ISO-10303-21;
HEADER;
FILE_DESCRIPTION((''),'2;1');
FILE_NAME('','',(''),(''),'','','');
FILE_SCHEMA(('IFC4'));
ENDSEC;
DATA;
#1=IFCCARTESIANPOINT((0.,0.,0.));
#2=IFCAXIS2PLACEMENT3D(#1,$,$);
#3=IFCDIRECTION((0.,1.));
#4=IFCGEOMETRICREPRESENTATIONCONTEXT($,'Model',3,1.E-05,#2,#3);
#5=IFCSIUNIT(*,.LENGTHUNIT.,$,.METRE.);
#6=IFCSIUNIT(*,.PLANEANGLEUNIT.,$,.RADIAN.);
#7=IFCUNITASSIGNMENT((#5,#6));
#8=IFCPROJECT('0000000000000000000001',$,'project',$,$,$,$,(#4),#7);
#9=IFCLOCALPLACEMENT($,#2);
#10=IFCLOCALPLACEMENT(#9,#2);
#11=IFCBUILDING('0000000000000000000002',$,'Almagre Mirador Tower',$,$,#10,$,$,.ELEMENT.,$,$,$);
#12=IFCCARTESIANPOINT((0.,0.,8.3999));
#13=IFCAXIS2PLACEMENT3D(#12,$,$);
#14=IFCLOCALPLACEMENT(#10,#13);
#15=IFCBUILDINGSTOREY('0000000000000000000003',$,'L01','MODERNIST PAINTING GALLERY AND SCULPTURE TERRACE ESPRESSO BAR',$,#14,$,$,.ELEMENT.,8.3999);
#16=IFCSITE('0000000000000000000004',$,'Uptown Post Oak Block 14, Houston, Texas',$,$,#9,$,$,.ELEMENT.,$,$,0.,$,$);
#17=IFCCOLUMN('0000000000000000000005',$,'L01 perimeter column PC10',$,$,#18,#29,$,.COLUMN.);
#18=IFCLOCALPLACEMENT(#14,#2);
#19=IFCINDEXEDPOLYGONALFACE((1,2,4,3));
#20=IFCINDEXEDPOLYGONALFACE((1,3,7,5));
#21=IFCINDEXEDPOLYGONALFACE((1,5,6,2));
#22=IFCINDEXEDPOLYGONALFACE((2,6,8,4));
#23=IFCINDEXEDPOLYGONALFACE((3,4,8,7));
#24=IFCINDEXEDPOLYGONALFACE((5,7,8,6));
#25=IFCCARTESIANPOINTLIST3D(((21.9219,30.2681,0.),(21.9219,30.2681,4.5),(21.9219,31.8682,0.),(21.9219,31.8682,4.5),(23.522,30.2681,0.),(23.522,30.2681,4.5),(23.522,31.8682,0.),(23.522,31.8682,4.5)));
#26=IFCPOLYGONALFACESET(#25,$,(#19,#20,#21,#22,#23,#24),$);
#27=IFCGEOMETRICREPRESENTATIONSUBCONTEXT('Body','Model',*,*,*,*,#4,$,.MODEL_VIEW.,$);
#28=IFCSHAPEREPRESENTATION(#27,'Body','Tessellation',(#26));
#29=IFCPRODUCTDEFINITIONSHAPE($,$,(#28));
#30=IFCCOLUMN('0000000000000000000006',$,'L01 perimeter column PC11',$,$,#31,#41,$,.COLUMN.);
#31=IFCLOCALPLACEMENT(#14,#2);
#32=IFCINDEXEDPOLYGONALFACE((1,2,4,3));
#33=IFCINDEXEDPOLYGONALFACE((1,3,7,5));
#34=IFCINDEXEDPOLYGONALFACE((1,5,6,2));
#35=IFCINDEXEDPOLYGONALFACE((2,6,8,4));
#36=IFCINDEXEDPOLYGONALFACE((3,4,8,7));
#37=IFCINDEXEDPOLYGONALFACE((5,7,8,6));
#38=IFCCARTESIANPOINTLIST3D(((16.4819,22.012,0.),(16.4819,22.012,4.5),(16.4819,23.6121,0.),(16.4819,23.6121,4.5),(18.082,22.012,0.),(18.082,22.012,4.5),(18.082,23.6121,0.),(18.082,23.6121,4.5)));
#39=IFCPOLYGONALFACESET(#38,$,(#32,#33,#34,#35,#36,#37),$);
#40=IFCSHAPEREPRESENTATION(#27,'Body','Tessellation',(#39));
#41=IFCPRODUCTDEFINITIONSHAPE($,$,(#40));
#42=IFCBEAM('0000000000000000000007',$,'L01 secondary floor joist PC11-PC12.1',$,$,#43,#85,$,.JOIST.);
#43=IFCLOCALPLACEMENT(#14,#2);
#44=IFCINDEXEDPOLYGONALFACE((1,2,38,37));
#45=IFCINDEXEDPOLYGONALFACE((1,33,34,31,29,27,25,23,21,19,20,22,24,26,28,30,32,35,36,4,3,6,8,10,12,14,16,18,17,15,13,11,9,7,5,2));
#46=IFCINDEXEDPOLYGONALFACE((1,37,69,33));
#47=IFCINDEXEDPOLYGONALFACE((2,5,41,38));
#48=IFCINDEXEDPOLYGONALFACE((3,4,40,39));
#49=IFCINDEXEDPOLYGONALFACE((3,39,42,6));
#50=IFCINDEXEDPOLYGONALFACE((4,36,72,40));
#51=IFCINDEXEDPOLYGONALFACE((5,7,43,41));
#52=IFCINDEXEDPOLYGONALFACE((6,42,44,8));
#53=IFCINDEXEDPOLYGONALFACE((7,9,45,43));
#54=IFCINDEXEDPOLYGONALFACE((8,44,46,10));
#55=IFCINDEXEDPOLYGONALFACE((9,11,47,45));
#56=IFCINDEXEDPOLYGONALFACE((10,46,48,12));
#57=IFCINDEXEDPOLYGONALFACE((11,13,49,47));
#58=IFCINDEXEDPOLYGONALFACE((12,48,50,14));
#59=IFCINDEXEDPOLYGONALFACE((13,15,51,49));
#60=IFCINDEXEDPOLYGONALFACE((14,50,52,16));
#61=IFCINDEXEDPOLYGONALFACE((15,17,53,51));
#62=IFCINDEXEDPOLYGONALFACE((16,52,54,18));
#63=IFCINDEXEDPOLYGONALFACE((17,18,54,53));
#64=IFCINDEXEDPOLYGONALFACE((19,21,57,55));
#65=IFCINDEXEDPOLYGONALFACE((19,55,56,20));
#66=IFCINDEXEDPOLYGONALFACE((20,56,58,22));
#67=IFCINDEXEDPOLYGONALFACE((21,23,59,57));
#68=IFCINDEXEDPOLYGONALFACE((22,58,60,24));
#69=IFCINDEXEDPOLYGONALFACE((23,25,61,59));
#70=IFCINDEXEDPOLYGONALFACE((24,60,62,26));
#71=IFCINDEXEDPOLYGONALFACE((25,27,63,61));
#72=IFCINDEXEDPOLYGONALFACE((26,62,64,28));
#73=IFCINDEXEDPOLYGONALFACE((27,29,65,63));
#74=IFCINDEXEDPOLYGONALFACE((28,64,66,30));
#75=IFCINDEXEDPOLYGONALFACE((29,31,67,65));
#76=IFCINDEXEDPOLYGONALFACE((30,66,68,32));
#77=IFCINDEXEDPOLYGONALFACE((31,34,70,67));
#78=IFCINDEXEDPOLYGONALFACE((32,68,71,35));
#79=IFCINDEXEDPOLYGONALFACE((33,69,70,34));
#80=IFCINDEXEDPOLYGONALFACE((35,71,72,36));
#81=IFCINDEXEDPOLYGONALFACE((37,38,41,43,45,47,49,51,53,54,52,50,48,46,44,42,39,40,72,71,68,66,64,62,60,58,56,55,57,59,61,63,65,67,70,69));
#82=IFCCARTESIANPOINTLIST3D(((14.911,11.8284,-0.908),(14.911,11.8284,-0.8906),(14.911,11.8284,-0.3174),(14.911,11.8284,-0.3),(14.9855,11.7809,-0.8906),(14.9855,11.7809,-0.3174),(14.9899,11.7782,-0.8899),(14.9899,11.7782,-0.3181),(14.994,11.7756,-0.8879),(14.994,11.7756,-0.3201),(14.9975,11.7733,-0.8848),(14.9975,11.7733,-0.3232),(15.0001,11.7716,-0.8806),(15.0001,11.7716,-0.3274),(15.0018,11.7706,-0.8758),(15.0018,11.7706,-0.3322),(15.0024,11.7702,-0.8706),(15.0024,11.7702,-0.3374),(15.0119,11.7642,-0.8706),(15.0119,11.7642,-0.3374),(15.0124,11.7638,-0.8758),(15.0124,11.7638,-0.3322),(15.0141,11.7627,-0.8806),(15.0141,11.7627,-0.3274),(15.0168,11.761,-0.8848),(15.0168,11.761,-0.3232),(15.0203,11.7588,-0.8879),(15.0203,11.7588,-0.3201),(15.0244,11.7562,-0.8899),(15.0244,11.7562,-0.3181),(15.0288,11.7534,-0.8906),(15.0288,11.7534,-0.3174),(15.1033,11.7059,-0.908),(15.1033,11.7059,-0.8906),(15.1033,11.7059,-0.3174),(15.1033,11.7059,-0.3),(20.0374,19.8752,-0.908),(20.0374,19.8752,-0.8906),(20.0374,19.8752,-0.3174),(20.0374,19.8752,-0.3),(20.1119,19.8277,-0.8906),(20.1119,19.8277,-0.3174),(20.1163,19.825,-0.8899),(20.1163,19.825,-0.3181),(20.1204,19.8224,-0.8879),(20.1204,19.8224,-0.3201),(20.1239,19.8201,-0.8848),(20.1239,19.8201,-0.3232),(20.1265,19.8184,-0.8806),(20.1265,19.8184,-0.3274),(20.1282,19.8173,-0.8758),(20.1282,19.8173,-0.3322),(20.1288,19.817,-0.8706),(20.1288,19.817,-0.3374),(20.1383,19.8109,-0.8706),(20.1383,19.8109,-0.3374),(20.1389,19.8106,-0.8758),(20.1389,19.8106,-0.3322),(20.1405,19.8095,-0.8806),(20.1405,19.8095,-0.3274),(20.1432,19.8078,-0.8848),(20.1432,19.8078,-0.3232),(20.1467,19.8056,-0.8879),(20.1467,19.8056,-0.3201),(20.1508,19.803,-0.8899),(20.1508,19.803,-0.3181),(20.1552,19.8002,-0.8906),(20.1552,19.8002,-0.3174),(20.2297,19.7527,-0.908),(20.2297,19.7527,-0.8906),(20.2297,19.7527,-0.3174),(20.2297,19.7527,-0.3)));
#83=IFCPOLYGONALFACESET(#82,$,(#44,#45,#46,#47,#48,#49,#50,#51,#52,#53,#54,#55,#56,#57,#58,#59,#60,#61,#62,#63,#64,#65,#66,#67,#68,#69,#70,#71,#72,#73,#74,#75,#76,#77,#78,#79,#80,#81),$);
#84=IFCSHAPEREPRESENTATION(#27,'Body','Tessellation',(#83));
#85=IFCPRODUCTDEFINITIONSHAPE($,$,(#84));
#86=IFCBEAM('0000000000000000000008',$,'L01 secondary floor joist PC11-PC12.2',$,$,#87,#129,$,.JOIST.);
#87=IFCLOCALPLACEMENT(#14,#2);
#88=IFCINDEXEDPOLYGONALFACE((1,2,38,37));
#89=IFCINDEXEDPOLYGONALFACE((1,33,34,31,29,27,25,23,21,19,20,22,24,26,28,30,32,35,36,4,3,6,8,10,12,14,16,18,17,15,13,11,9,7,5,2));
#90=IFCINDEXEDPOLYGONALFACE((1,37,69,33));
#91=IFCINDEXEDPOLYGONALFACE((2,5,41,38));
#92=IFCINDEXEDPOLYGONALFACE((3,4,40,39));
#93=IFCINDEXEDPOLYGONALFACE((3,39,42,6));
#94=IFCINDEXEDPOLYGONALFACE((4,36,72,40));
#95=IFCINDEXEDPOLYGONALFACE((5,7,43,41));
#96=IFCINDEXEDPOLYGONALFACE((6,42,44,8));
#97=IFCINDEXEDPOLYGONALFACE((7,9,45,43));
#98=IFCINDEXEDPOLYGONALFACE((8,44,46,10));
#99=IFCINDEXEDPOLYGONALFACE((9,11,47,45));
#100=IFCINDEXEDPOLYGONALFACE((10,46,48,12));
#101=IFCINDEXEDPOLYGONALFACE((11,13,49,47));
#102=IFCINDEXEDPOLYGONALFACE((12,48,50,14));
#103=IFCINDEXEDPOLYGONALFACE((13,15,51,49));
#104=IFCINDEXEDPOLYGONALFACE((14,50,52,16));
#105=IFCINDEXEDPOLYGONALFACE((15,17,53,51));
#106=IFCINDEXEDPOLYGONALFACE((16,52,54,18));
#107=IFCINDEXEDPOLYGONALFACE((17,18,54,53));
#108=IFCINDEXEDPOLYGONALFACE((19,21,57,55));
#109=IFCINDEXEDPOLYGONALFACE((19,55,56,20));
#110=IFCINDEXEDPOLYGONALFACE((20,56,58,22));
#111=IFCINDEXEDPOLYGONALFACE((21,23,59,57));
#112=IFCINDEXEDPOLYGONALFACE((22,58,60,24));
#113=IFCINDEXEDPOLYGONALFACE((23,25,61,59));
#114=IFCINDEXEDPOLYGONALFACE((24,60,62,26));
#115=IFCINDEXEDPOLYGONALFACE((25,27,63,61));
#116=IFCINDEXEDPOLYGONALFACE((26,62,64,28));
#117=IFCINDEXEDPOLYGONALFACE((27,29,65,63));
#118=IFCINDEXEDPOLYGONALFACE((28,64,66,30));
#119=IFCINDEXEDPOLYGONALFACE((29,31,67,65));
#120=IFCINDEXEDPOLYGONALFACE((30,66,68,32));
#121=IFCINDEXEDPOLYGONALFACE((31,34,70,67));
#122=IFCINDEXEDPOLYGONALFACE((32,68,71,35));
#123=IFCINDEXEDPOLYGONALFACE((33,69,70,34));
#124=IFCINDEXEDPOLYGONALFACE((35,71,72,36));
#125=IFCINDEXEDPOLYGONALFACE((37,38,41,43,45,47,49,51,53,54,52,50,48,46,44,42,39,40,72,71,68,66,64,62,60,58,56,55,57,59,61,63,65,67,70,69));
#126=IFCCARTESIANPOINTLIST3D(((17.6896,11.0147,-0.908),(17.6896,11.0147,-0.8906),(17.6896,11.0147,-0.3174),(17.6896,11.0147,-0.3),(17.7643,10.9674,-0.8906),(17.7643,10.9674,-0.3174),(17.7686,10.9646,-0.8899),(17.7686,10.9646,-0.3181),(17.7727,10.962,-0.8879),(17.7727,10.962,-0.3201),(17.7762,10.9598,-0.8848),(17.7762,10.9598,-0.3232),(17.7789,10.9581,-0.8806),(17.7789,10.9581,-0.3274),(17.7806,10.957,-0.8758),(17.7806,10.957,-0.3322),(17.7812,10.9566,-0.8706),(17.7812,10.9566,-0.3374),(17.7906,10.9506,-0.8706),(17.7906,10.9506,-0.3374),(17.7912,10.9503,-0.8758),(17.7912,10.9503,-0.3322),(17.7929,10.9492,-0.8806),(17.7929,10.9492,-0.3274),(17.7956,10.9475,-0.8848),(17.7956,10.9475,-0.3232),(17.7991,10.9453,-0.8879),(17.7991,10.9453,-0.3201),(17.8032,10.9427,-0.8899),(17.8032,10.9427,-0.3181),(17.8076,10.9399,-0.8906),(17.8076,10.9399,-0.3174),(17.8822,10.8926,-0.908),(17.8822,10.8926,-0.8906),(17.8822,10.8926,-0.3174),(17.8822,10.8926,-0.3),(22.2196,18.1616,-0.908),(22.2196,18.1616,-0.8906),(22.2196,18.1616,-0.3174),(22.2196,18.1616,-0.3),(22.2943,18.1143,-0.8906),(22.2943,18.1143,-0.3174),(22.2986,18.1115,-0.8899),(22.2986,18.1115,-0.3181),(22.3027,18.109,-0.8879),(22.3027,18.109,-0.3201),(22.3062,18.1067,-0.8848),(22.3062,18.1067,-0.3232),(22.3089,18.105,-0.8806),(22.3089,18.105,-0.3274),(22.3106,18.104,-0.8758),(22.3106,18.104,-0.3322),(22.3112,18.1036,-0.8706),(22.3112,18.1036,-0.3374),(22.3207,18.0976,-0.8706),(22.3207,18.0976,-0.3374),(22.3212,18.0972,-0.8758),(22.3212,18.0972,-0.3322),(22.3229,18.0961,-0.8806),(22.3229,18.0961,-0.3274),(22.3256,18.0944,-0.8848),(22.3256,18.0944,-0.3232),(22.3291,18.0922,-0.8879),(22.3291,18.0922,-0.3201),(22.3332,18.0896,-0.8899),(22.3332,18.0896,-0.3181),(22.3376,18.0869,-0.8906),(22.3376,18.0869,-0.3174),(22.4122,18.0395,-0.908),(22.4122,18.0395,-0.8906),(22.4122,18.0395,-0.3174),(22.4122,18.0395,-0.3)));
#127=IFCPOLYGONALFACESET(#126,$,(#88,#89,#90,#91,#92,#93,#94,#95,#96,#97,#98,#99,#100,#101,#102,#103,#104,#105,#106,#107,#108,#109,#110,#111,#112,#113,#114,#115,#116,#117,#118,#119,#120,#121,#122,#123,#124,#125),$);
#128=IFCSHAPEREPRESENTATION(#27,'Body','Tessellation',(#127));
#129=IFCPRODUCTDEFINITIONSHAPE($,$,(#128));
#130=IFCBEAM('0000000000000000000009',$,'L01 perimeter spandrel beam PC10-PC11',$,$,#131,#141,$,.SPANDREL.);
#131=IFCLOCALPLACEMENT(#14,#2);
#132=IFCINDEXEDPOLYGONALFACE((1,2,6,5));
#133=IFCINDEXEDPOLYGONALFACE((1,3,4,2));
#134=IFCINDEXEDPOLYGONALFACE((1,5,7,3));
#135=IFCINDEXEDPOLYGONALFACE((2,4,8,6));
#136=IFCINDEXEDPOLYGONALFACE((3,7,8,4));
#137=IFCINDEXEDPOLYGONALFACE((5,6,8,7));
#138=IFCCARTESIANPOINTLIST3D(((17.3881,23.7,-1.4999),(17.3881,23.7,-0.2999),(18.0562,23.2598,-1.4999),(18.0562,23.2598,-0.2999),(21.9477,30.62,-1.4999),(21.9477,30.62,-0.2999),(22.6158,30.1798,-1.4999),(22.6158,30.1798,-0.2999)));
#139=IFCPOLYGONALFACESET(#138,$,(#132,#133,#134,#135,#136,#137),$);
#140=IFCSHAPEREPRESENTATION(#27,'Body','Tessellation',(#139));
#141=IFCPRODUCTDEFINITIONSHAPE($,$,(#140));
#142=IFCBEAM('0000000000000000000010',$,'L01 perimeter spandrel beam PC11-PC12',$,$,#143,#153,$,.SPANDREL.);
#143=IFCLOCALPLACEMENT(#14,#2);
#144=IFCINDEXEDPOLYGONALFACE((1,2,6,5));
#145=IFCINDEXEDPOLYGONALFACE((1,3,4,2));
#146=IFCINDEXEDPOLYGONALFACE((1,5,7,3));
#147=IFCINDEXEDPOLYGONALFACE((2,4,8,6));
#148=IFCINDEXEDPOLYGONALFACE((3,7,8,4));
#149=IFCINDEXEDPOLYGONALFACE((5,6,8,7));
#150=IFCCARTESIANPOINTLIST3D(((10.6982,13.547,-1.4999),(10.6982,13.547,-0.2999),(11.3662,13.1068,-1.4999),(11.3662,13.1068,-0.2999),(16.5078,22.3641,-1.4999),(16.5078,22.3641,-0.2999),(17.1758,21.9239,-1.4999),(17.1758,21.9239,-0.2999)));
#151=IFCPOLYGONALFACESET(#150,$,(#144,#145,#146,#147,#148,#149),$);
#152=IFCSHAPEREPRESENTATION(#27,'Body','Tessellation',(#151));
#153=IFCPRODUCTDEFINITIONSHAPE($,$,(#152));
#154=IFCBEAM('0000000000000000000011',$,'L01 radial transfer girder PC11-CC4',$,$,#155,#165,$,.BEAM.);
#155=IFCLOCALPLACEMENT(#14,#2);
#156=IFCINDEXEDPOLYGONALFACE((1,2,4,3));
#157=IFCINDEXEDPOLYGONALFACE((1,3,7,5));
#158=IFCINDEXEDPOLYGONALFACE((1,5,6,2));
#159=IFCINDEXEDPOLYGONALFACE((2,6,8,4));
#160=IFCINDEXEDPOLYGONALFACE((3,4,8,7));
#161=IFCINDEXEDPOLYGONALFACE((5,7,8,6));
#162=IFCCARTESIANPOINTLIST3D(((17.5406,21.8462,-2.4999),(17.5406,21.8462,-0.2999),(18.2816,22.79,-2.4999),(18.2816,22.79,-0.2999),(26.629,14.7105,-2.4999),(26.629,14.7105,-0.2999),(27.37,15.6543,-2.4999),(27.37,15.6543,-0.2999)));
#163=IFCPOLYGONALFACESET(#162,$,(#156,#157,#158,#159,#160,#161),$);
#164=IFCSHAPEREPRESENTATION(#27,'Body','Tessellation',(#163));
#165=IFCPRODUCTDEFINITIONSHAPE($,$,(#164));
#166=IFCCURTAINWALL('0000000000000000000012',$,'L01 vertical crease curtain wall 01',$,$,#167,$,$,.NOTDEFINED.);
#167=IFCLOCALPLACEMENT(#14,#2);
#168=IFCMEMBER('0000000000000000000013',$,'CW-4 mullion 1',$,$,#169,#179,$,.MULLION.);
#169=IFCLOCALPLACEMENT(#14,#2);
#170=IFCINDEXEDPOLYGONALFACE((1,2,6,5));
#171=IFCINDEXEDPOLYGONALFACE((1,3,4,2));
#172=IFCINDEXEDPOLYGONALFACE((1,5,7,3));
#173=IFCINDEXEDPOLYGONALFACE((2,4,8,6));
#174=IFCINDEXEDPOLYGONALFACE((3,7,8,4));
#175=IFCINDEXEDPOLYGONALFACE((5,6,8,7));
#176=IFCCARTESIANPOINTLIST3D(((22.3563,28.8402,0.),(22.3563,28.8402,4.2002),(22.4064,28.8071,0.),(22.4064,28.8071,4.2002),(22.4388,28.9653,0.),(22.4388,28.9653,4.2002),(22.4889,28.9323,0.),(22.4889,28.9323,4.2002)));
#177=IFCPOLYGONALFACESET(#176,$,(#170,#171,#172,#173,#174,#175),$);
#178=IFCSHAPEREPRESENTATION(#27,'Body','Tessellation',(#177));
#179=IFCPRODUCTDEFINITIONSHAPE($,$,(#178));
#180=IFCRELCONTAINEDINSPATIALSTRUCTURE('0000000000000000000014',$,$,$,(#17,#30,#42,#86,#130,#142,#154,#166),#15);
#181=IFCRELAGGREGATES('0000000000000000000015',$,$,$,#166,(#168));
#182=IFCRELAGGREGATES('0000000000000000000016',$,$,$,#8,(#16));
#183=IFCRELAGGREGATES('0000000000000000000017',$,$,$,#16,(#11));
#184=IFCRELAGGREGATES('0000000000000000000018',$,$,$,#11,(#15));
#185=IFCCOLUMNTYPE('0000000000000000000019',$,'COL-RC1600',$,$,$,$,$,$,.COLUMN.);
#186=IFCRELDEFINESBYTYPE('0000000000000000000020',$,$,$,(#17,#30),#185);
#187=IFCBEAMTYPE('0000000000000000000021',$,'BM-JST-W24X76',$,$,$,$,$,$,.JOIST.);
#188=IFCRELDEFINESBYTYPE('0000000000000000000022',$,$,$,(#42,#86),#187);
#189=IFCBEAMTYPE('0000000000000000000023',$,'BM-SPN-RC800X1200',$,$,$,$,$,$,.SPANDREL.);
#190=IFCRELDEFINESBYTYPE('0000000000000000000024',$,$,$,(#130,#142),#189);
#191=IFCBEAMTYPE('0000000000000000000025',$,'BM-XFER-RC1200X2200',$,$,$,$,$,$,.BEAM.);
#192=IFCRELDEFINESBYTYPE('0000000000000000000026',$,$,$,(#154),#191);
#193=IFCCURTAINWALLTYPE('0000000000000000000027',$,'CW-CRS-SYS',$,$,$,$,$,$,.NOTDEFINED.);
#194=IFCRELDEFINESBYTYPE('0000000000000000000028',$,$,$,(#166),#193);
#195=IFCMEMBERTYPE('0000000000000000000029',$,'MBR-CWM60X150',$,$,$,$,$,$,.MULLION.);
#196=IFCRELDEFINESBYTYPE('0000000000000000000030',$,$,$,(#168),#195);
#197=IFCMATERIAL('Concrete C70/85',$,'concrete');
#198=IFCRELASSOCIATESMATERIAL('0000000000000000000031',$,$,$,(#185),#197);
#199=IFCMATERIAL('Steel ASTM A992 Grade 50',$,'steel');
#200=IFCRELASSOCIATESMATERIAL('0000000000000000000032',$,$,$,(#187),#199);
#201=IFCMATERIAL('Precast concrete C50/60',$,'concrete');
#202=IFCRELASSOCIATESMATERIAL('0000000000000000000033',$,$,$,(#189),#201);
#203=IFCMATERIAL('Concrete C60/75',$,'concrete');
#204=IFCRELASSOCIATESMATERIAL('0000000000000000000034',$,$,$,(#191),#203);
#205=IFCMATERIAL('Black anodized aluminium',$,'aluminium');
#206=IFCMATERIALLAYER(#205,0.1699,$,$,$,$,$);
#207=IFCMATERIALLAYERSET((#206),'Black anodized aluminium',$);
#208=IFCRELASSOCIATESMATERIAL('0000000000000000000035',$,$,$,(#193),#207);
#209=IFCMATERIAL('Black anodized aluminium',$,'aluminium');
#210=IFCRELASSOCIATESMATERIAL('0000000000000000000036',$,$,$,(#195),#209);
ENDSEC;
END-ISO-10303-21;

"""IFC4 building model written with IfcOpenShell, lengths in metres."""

from ifc_helpers import new_model, si_unit, direction, frame, origin, origin_2d, place, context, subcontext, project, spatial, rectangle, i_section, extrude, material, layer, layer_set, material_profile, profile_set, type_object, element, aggregate, save


model = new_model("IFC4")

# Units and contexts
model_context = context("Model", 3, precision=1e-05, world=origin(), true_north=direction((0.0, 1.0)))
body_context = subcontext(model_context, "Body", "Model", "MODEL_VIEW")
ifc_project = project(units=[si_unit("LENGTHUNIT", "METRE"), si_unit("PLANEANGLEUNIT", "RADIAN")], contexts=[model_context])

# Site, building, storey
site_placement = place(None, origin())
site = spatial("IfcSite", under=ifc_project, at=site_placement, Name="Uptown Post Oak Block 14, Houston, Texas", CompositionType="ELEMENT", RefElevation=0.0)
building_placement = place(site_placement, origin())
building = spatial("IfcBuilding", under=site, at=building_placement, Name="Almagre Mirador Tower", CompositionType="ELEMENT")
storey_placement = place(building_placement, frame((0.0, 0.0, 8.3999)))
storey = spatial("IfcBuildingStorey", under=building, at=storey_placement, Name="L01", Description="MODERNIST PAINTING GALLERY AND SCULPTURE TERRACE ESPRESSO BAR", CompositionType="ELEMENT", Elevation=8.3999)

# Columns
ifc_material_1 = material(Name="Concrete C70/85", Category="concrete")
ifc_material_profile_1 = material_profile(ifc_material_1, rectangle(XDim=1.6001, YDim=1.6001, at=origin_2d()), Name="RC1600X1600")
ifc_profile_set_1 = profile_set([ifc_material_profile_1], Name="Concrete C70/85")
column_type = type_object("IfcColumnType", Name="COL-RC1600", PredefinedType="COLUMN", material=ifc_profile_set_1)
for number, where, z_axis, x_axis, name in (
    (1, (22.7219, 31.0681, 0.0), (0.0, 0.0, 1.0), (1.0, 0.0, 0.0), "L01 perimeter column PC10"),
    (2, (17.282, 22.812, 0.0), (0.0, 0.0, 1.0), (1.0, 0.0, 0.0), "L01 perimeter column PC11"),
):
    element("IfcColumn", number, at=place(storey_placement, frame(where, z_axis=z_axis, x_axis=x_axis)), inside=storey, type_object=column_type, Name=name, PredefinedType="COLUMN", context=body_context, shape_type="SweptSolid", body=[
        extrude(rectangle(XDim=1.6001, YDim=1.6001, at=origin_2d()), origin(), (0.0, 0.0, 1.0), 4.5),
    ])

# Beams
ifc_material_2 = material(Name="Steel ASTM A992 Grade 50", Category="steel")
ifc_material_profile_2 = material_profile(ifc_material_2, i_section(OverallWidth=0.228, OverallDepth=0.6079, WebThickness=0.0112, FlangeThickness=0.0173, FilletRadius=0.02, at=origin_2d()), Name="W24X76")
ifc_profile_set_2 = profile_set([ifc_material_profile_2], Name="Steel ASTM A992 Grade 50")
beam_type_1 = type_object("IfcBeamType", Name="BM-JST-W24X76", PredefinedType="JOIST", material=ifc_profile_set_2)
beam_1_placement = place(storey_placement, frame((20.1335, 19.814, -0.604), z_axis=(-0.537303, -0.84339, 0.0), x_axis=(0.84339, -0.537303, 0.0)))
element("IfcBeam", 3, at=beam_1_placement, inside=storey, type_object=beam_type_1, Name="L01 secondary floor joist PC11-PC12.1", PredefinedType="JOIST", context=body_context, shape_type="SweptSolid", body=[
    extrude(i_section(OverallWidth=0.228, OverallDepth=0.6079, WebThickness=0.0112, FlangeThickness=0.0173, FilletRadius=0.02, at=origin_2d()), origin(), (0.0, 0.0, 1.0), 9.541),
])
beam_2_placement = place(storey_placement, frame((22.3159, 18.1006, -0.604), z_axis=(-0.535357, -0.844626, 0.0), x_axis=(0.844626, -0.535357, 0.0)))
element("IfcBeam", 4, at=beam_2_placement, inside=storey, type_object=beam_type_1, Name="L01 secondary floor joist PC11-PC12.2", PredefinedType="JOIST", context=body_context, shape_type="SweptSolid", body=[
    extrude(i_section(OverallWidth=0.228, OverallDepth=0.6079, WebThickness=0.0112, FlangeThickness=0.0173, FilletRadius=0.02, at=origin_2d()), origin(), (0.0, 0.0, 1.0), 8.4617),
])
ifc_material_3 = material(Name="Precast concrete C50/60", Category="concrete")
ifc_material_profile_3 = material_profile(ifc_material_3, rectangle(XDim=0.8, YDim=1.2, at=origin_2d()), Name="RC800X1200")
ifc_profile_set_3 = profile_set([ifc_material_profile_3], Name="Precast concrete C50/60")
beam_type_2 = type_object("IfcBeamType", Name="BM-SPN-RC800X1200", PredefinedType="SPANDREL", material=ifc_profile_set_3)
beam_3_placement = place(storey_placement, frame((22.2817, 30.3999, -0.8999), z_axis=(-0.550205, -0.83503, 0.0), x_axis=(0.83503, -0.550205, 0.0)))
element("IfcBeam", 5, at=beam_3_placement, inside=storey, type_object=beam_type_2, Name="L01 perimeter spandrel beam PC10-PC11", PredefinedType="SPANDREL", context=body_context, shape_type="SweptSolid", body=[
    extrude(rectangle(XDim=0.8, YDim=1.2, at=origin_2d()), origin(), (0.0, 0.0, 1.0), 8.2871),
])
beam_4_placement = place(storey_placement, frame((16.8418, 22.144, -0.8999), z_axis=(-0.550199, -0.835033, 0.0), x_axis=(0.835033, -0.550199, 0.0)))
element("IfcBeam", 6, at=beam_4_placement, inside=storey, type_object=beam_type_2, Name="L01 perimeter spandrel beam PC11-PC12", PredefinedType="SPANDREL", context=body_context, shape_type="SweptSolid", body=[
    extrude(rectangle(XDim=0.8, YDim=1.2, at=origin_2d()), origin(), (0.0, 0.0, 1.0), 10.5591),
])
ifc_material_4 = material(Name="Concrete C60/75", Category="concrete")
ifc_material_profile_4 = material_profile(ifc_material_4, rectangle(XDim=1.2, YDim=2.2, at=origin_2d()), Name="RC1200X2200")
ifc_profile_set_4 = profile_set([ifc_material_profile_4], Name="Concrete C60/75")
beam_type_3 = type_object("IfcBeamType", Name="BM-XFER-RC1200X2200", PredefinedType="BEAM", material=ifc_profile_set_4)
beam_5_placement = place(storey_placement, frame((17.9111, 22.3181, -1.3999), z_axis=(0.786534, -0.617547, 0.0), x_axis=(0.617547, 0.786534, 0.0)))
element("IfcBeam", 7, at=beam_5_placement, inside=storey, type_object=beam_type_3, Name="L01 radial transfer girder PC11-CC4", PredefinedType="BEAM", context=body_context, shape_type="SweptSolid", body=[
    extrude(rectangle(XDim=1.2, YDim=2.2, at=origin_2d()), origin(), (0.0, 0.0, 1.0), 11.5549),
])

# Curtain wall, member
ifc_material_5 = material(Name="Black anodized aluminium", Category="aluminium")
ifc_layer_1 = layer(ifc_material_5, 0.1699)
ifc_layer_set_1 = layer_set([ifc_layer_1], Name="Black anodized aluminium")
curtain_wall_type = type_object("IfcCurtainWallType", Name="CW-CRS-SYS", PredefinedType="NOTDEFINED", material=ifc_layer_set_1)
curtain_wall_placement = place(storey_placement, origin())
curtain_wall = element("IfcCurtainWall", 8, at=curtain_wall_placement, inside=storey, type_object=curtain_wall_type, Name="L01 vertical crease curtain wall 01", PredefinedType="NOTDEFINED")
ifc_material_6 = material(Name="Black anodized aluminium", Category="aluminium")
ifc_material_profile_5 = material_profile(ifc_material_6, rectangle(XDim=0.0601, YDim=0.1499, at=origin_2d()), Name="CWM60X150")
ifc_profile_set_5 = profile_set([ifc_material_profile_5], Name="Black anodized aluminium")
member_type_1 = type_object("IfcMemberType", Name="MBR-CWM60X150", PredefinedType="MULLION", material=ifc_profile_set_5)
member_1_placement = place(storey_placement, frame((22.4226, 28.8862, 0.0), z_axis=(0.0, 0.0, 1.0), x_axis=(-0.83499, 0.550265, 0.0)))
member_1 = element("IfcMember", 9, at=member_1_placement, type_object=member_type_1, Name="CW-4 mullion 1", PredefinedType="MULLION", context=body_context, shape_type="SweptSolid", body=[
    extrude(rectangle(XDim=0.0601, YDim=0.1499, at=origin_2d()), origin(), (0.0, 0.0, 1.0), 4.2002),
])
aggregate(curtain_wall, [member_1])

save(model, "model.ifc")
